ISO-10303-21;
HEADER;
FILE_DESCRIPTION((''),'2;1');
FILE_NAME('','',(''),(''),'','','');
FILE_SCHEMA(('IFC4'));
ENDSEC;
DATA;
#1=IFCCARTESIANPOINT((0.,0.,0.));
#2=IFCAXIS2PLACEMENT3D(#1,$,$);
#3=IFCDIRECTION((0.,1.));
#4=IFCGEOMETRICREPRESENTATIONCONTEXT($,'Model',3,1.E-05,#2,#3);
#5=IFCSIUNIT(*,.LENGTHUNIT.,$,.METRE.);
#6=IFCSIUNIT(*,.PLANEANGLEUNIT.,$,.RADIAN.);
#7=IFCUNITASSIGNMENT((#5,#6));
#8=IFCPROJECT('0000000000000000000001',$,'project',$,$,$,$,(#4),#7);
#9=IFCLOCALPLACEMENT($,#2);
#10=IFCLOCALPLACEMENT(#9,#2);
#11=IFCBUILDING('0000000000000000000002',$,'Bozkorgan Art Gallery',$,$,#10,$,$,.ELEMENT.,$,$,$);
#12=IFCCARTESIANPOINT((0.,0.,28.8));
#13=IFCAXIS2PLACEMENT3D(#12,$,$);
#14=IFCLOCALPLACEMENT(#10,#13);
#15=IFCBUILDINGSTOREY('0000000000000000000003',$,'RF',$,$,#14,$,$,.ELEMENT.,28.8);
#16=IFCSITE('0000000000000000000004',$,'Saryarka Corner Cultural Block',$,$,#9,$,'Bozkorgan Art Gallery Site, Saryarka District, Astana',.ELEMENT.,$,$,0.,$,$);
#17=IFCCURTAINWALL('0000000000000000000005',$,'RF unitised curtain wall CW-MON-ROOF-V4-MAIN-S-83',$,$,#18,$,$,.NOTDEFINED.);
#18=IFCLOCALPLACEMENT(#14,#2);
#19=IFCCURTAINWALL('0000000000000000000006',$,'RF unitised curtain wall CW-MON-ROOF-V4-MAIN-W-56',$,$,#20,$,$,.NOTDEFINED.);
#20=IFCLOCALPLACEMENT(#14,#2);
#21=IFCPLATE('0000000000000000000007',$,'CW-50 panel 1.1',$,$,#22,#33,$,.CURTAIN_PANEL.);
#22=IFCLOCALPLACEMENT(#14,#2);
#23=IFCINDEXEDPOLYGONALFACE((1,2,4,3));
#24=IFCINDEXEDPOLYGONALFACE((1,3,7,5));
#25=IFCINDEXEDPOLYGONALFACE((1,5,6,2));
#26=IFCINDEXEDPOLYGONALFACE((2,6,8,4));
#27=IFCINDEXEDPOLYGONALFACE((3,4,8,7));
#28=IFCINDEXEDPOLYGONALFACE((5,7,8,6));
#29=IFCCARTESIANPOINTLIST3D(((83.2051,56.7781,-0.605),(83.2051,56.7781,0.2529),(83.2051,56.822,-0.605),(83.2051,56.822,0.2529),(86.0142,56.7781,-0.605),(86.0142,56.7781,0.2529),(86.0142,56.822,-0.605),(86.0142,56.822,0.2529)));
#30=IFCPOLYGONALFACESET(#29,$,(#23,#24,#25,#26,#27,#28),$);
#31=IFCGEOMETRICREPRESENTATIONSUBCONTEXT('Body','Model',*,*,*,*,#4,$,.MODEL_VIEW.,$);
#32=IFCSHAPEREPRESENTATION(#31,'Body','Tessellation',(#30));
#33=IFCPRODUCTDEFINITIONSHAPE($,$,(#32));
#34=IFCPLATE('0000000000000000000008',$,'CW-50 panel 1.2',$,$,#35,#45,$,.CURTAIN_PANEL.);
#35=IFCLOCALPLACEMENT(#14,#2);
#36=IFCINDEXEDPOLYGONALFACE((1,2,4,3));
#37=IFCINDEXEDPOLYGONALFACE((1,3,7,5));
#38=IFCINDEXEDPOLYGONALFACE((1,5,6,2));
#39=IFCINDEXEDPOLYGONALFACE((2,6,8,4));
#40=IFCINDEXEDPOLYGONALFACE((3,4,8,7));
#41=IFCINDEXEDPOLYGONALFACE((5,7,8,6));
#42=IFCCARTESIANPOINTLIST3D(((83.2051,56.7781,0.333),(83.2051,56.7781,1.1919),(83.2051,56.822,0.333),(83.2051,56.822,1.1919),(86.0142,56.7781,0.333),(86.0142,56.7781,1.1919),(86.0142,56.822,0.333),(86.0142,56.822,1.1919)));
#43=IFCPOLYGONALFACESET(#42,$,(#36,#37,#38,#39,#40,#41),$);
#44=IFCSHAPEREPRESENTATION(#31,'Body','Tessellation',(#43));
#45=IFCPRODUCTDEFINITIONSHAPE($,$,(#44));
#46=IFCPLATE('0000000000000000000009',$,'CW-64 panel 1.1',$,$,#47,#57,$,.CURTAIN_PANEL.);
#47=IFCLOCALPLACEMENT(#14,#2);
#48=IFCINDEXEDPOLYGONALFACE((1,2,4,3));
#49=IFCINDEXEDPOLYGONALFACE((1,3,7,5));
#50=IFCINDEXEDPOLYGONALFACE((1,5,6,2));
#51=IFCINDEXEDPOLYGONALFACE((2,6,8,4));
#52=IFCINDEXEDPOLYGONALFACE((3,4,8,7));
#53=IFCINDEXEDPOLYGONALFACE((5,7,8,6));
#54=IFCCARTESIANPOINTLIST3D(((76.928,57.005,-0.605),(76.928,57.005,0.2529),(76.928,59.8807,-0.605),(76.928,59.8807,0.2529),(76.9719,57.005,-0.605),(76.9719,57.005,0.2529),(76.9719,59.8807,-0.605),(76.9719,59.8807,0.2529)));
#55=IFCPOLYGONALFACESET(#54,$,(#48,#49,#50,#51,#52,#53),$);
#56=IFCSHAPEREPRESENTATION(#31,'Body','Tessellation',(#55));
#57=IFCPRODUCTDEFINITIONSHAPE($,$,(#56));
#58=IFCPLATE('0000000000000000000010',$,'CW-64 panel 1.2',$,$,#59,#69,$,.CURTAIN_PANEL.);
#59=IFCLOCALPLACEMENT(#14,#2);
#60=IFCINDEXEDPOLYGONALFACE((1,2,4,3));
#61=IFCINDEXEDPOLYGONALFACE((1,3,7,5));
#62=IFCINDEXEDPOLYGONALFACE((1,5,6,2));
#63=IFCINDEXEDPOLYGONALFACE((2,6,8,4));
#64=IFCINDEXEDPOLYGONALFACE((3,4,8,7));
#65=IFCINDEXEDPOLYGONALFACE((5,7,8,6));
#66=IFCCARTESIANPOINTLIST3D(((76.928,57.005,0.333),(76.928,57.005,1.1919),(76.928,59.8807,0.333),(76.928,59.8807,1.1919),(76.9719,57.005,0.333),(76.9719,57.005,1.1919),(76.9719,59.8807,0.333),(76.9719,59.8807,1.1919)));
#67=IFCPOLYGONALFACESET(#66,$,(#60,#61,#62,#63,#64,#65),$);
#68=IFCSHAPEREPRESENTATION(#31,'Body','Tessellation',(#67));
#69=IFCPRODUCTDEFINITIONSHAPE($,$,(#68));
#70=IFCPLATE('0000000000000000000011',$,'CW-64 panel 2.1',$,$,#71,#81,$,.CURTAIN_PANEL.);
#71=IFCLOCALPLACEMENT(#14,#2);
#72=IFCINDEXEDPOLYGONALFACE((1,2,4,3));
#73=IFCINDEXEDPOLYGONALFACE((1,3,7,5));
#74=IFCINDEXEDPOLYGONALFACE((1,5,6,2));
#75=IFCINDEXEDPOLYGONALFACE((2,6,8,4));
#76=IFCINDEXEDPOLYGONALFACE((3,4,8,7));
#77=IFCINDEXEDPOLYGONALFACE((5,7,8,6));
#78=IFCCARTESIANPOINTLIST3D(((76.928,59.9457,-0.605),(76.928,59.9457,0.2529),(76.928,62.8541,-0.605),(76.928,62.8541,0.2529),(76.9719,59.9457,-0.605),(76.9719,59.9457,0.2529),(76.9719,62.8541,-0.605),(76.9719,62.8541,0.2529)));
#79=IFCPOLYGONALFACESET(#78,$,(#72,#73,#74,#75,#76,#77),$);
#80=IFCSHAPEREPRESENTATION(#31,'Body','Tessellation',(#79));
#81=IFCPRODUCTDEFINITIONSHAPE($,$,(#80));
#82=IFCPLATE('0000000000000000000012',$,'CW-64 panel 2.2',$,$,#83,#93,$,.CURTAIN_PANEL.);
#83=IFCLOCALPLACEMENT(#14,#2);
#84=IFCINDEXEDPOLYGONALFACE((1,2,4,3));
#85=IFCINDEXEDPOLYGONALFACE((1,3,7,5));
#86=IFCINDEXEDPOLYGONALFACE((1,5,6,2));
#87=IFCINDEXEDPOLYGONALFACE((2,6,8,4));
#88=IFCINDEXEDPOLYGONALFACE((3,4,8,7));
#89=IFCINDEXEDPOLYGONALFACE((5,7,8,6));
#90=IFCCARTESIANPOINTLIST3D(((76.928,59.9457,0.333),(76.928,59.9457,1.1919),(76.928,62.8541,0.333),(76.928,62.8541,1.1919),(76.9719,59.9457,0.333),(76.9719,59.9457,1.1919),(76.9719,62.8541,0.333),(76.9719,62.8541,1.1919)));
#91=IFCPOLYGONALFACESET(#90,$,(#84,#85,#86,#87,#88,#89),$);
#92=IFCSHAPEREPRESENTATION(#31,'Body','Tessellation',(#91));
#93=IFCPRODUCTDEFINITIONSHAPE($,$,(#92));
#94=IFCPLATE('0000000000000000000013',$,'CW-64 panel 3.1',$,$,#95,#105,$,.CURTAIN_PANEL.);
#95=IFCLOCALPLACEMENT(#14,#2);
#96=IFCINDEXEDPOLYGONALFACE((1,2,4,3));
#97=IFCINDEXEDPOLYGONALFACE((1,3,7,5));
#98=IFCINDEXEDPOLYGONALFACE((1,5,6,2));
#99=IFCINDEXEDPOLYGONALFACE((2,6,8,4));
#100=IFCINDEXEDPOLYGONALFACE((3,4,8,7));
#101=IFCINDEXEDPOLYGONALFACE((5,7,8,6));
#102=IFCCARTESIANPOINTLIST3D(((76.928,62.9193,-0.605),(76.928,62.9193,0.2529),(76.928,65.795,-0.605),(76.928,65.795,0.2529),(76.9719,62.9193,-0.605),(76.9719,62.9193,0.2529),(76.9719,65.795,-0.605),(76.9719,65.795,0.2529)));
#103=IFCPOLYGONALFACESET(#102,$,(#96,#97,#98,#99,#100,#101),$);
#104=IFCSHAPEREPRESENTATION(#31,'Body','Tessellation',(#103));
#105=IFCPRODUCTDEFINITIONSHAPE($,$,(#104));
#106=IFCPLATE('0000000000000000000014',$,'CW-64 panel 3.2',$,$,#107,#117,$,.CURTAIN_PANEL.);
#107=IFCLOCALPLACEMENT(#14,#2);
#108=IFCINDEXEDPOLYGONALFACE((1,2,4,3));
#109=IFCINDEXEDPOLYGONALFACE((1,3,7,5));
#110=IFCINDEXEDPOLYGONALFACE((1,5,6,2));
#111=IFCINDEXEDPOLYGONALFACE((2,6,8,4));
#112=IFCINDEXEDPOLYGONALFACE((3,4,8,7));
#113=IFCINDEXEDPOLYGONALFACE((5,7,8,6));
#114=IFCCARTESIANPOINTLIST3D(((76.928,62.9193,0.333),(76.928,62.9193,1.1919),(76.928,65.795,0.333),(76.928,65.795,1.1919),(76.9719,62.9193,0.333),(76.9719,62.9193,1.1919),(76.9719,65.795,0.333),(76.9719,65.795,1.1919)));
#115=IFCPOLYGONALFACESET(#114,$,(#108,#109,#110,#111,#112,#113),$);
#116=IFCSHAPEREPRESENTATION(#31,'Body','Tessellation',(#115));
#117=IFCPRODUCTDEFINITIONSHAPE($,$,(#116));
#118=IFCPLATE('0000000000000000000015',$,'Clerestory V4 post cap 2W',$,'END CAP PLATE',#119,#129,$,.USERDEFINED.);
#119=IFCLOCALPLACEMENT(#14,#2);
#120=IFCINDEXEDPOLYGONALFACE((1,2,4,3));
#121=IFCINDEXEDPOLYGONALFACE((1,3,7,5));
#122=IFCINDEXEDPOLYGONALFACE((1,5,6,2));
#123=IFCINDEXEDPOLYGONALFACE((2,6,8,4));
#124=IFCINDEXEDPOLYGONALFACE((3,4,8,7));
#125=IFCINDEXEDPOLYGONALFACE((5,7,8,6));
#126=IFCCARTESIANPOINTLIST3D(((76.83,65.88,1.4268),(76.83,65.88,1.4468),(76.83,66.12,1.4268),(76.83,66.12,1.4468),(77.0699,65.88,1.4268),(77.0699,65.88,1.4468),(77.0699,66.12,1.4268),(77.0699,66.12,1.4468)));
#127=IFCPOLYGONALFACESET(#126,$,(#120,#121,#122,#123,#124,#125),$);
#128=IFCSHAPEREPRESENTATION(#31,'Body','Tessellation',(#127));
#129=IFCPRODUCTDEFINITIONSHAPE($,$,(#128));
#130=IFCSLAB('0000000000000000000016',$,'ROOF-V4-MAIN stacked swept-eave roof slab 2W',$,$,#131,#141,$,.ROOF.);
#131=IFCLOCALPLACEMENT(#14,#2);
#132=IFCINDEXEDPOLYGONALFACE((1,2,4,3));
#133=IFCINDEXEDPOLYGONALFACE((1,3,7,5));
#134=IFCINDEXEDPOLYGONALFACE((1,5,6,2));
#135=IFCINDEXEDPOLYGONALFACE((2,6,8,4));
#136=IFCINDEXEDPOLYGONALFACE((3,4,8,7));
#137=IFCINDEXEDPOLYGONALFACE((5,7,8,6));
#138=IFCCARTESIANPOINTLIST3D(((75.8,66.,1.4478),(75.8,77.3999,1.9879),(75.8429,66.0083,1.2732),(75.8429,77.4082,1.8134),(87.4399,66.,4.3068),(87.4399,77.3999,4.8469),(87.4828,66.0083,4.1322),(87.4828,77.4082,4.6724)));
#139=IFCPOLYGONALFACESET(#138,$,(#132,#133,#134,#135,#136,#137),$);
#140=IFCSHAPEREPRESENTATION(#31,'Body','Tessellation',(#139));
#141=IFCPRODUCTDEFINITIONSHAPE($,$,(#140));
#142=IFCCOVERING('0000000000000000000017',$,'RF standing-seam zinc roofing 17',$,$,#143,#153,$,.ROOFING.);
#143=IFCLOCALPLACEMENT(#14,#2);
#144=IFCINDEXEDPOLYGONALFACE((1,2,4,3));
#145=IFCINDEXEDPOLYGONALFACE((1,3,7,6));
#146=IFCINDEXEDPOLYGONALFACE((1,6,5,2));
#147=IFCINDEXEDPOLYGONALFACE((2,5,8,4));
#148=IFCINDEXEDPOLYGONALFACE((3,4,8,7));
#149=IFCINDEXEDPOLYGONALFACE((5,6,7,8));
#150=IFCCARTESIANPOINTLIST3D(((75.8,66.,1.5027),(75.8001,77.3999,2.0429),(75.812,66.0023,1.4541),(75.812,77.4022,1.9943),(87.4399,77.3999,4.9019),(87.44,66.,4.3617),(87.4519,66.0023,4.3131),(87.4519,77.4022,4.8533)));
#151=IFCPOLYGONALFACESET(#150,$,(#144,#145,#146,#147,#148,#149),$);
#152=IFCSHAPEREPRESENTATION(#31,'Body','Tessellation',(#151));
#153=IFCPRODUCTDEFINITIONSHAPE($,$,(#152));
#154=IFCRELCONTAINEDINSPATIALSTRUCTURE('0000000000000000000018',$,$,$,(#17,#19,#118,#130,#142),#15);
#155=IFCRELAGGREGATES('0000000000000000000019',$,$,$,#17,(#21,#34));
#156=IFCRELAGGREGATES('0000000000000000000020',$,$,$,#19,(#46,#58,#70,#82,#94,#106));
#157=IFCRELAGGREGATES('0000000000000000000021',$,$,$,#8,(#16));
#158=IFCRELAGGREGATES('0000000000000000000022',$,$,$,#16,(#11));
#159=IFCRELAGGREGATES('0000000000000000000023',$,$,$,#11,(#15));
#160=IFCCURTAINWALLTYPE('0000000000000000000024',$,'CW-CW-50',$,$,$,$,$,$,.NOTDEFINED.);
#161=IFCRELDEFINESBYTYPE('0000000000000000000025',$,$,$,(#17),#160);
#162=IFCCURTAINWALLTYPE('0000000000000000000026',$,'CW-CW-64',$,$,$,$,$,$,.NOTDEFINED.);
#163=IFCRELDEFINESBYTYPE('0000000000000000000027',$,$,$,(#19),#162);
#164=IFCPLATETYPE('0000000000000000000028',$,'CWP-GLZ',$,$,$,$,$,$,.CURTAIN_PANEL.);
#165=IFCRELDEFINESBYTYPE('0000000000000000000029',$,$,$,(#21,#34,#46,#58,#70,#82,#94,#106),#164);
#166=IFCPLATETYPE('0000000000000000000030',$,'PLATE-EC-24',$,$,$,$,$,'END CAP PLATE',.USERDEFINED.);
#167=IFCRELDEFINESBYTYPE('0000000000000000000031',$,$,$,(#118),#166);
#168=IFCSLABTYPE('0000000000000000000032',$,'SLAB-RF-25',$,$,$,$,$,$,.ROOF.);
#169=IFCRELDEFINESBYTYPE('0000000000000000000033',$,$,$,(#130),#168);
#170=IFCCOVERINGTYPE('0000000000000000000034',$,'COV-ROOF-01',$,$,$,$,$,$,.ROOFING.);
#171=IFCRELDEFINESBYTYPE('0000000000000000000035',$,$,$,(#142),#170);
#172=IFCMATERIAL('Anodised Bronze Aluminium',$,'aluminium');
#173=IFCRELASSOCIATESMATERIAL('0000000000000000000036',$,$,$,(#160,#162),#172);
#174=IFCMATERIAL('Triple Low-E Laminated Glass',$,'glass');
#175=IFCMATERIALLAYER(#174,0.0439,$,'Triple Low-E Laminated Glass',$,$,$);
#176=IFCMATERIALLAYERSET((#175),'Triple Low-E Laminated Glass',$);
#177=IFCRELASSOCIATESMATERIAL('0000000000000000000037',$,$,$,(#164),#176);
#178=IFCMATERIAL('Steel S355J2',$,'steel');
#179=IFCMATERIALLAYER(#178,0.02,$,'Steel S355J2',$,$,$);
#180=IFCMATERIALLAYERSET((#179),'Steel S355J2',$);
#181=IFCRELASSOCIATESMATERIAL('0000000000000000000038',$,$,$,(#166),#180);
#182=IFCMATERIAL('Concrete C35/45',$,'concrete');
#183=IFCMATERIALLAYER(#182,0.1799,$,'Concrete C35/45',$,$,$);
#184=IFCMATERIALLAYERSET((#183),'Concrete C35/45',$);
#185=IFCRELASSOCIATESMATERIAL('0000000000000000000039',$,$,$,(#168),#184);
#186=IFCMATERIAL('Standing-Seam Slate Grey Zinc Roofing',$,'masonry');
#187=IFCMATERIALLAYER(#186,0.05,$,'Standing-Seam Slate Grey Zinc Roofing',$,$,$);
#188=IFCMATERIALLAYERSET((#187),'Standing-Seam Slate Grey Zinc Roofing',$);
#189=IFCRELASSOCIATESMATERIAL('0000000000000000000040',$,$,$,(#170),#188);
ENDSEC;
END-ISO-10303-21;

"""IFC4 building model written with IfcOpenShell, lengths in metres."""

from ifc_helpers import new_model, si_unit, direction, frame, origin, origin_2d, place, context, subcontext, project, spatial, polyline, rectangle, outline, extrude, material, layer, layer_set, type_object, element, aggregate, save


model = new_model("IFC4")

# Units and contexts
model_context = context("Model", 3, precision=1e-05, world=origin(), true_north=direction((0.0, 1.0)))
body_context = subcontext(model_context, "Body", "Model", "MODEL_VIEW")
ifc_project = project(units=[si_unit("LENGTHUNIT", "METRE"), si_unit("PLANEANGLEUNIT", "RADIAN")], contexts=[model_context])

# Site, building, storey
site_placement = place(None, origin())
site = spatial("IfcSite", under=ifc_project, at=site_placement, Name="Saryarka Corner Cultural Block", LongName="Bozkorgan Art Gallery Site, Saryarka District, Astana", CompositionType="ELEMENT", RefElevation=0.0)
building_placement = place(site_placement, origin())
building = spatial("IfcBuilding", under=site, at=building_placement, Name="Bozkorgan Art Gallery", CompositionType="ELEMENT")
storey_placement = place(building_placement, frame((0.0, 0.0, 28.8)))
storey = spatial("IfcBuildingStorey", under=building, at=storey_placement, Name="RF", CompositionType="ELEMENT", Elevation=28.8)

# Shared definitions
ifc_material_1 = material(Name="Steel S355J2", Category="steel")

# Curtain wall
ifc_material_2 = material(Name="Anodised Bronze Aluminium", Category="aluminium")
curtain_wall_type_1 = type_object("IfcCurtainWallType", Name="CW-CW-50", PredefinedType="NOTDEFINED", material=ifc_material_2)
curtain_wall_1_placement = place(storey_placement, origin())
curtain_wall_1 = element("IfcCurtainWall", 1, at=curtain_wall_1_placement, inside=storey, type_object=curtain_wall_type_1, Name="RF unitised curtain wall CW-MON-ROOF-V4-MAIN-S-83", PredefinedType="NOTDEFINED")

# Curtain wall
curtain_wall_type_2 = type_object("IfcCurtainWallType", Name="CW-CW-64", PredefinedType="NOTDEFINED", material=ifc_material_2)
curtain_wall_2_placement = place(storey_placement, origin())
curtain_wall_2 = element("IfcCurtainWall", 2, at=curtain_wall_2_placement, inside=storey, type_object=curtain_wall_type_2, Name="RF unitised curtain wall CW-MON-ROOF-V4-MAIN-W-56", PredefinedType="NOTDEFINED")

# Plates
ifc_material_3 = material(Name="Triple Low-E Laminated Glass", Category="glass")
ifc_layer_1 = layer(ifc_material_3, 0.0439, Name="Triple Low-E Laminated Glass")
ifc_layer_set_1 = layer_set([ifc_layer_1], Name="Triple Low-E Laminated Glass")
plate_type_1 = type_object("IfcPlateType", Name="CWP-GLZ", PredefinedType="CURTAIN_PANEL", material=ifc_layer_set_1)
plate_1_placement = place(storey_placement, frame((84.6096, 56.8, -0.605), z_axis=(0.0, 0.0, 1.0), x_axis=(1.0, 0.0, 0.0)))
plate_1 = element("IfcPlate", 3, at=plate_1_placement, type_object=plate_type_1, Name="CW-50 panel 1.1", PredefinedType="CURTAIN_PANEL", context=body_context, shape_type="SweptSolid", body=[
    extrude(rectangle(XDim=2.8091, YDim=0.0439, at=origin_2d()), origin(), (0.0, 0.0, 1.0), 0.8579),
])
plate_2_placement = place(storey_placement, frame((84.6096, 56.8, 0.333), z_axis=(0.0, 0.0, 1.0), x_axis=(1.0, 0.0, 0.0)))
plate_2 = element("IfcPlate", 4, at=plate_2_placement, type_object=plate_type_1, Name="CW-50 panel 1.2", PredefinedType="CURTAIN_PANEL", context=body_context, shape_type="SweptSolid", body=[
    extrude(rectangle(XDim=2.8091, YDim=0.0439, at=origin_2d()), origin(), (0.0, 0.0, 1.0), 0.8589),
])
aggregate(curtain_wall_1, [plate_1, plate_2])
plate_3_placement = place(storey_placement, frame((76.95, 58.4429, -0.605), z_axis=(0.0, 0.0, 1.0), x_axis=(0.0, 1.0, 0.0)))
plate_3 = element("IfcPlate", 5, at=plate_3_placement, type_object=plate_type_1, Name="CW-64 panel 1.1", PredefinedType="CURTAIN_PANEL", context=body_context, shape_type="SweptSolid", body=[
    extrude(rectangle(XDim=2.8757, YDim=0.0439, at=origin_2d()), origin(), (0.0, 0.0, 1.0), 0.8579),
])
plate_4_placement = place(storey_placement, frame((76.95, 58.4429, 0.333), z_axis=(0.0, 0.0, 1.0), x_axis=(0.0, 1.0, 0.0)))
plate_4 = element("IfcPlate", 6, at=plate_4_placement, type_object=plate_type_1, Name="CW-64 panel 1.2", PredefinedType="CURTAIN_PANEL", context=body_context, shape_type="SweptSolid", body=[
    extrude(rectangle(XDim=2.8757, YDim=0.0439, at=origin_2d()), origin(), (0.0, 0.0, 1.0), 0.8589),
])
plate_5_placement = place(storey_placement, frame((76.95, 61.3999, -0.605), z_axis=(0.0, 0.0, 1.0), x_axis=(0.0, 1.0, 0.0)))
plate_5 = element("IfcPlate", 7, at=plate_5_placement, type_object=plate_type_1, Name="CW-64 panel 2.1", PredefinedType="CURTAIN_PANEL", context=body_context, shape_type="SweptSolid", body=[
    extrude(rectangle(XDim=2.9084, YDim=0.0439, at=origin_2d()), origin(), (0.0, 0.0, 1.0), 0.8579),
])
plate_6_placement = place(storey_placement, frame((76.95, 61.3999, 0.333), z_axis=(0.0, 0.0, 1.0), x_axis=(0.0, 1.0, 0.0)))
plate_6 = element("IfcPlate", 8, at=plate_6_placement, type_object=plate_type_1, Name="CW-64 panel 2.2", PredefinedType="CURTAIN_PANEL", context=body_context, shape_type="SweptSolid", body=[
    extrude(rectangle(XDim=2.9084, YDim=0.0439, at=origin_2d()), origin(), (0.0, 0.0, 1.0), 0.8589),
])
plate_7_placement = place(storey_placement, frame((76.95, 64.3572, -0.605), z_axis=(0.0, 0.0, 1.0), x_axis=(0.0, 1.0, 0.0)))
plate_7 = element("IfcPlate", 9, at=plate_7_placement, type_object=plate_type_1, Name="CW-64 panel 3.1", PredefinedType="CURTAIN_PANEL", context=body_context, shape_type="SweptSolid", body=[
    extrude(rectangle(XDim=2.8757, YDim=0.0439, at=origin_2d()), origin(), (0.0, 0.0, 1.0), 0.8579),
])
plate_8_placement = place(storey_placement, frame((76.95, 64.3572, 0.333), z_axis=(0.0, 0.0, 1.0), x_axis=(0.0, 1.0, 0.0)))
plate_8 = element("IfcPlate", 10, at=plate_8_placement, type_object=plate_type_1, Name="CW-64 panel 3.2", PredefinedType="CURTAIN_PANEL", context=body_context, shape_type="SweptSolid", body=[
    extrude(rectangle(XDim=2.8757, YDim=0.0439, at=origin_2d()), origin(), (0.0, 0.0, 1.0), 0.8589),
])
aggregate(curtain_wall_2, [plate_3, plate_4, plate_5, plate_6, plate_7, plate_8])
ifc_layer_2 = layer(ifc_material_1, 0.02, Name="Steel S355J2")
ifc_layer_set_2 = layer_set([ifc_layer_2], Name="Steel S355J2")
plate_type_2 = type_object("IfcPlateType", Name="PLATE-EC-24", ElementType="END CAP PLATE", PredefinedType="USERDEFINED", material=ifc_layer_set_2)
plate_9_placement = place(storey_placement, frame((76.95, 66.0, 1.4268), z_axis=(0.0, 0.0, 1.0), x_axis=(1.0, 0.0, 0.0)))
element("IfcPlate", 11, at=plate_9_placement, inside=storey, type_object=plate_type_2, Name="Clerestory V4 post cap 2W", ObjectType="END CAP PLATE", PredefinedType="USERDEFINED", context=body_context, shape_type="SweptSolid", body=[
    extrude(rectangle(XDim=0.24, YDim=0.24, at=origin_2d()), origin(), (0.0, 0.0, 1.0), 0.02),
])

# Slab
ifc_material_4 = material(Name="Concrete C35/45", Category="concrete")
ifc_layer_3 = layer(ifc_material_4, 0.1799, Name="Concrete C35/45")
ifc_layer_set_3 = layer_set([ifc_layer_3], Name="Concrete C35/45")
slab_type = type_object("IfcSlabType", Name="SLAB-RF-25", PredefinedType="ROOF", material=ifc_layer_set_3)
slab_placement = place(storey_placement, frame((75.8, 66.0, 1.4478), z_axis=(-0.23828, -0.045967, 0.970108), x_axis=(0.971135, 0.0, 0.238532)))
element("IfcSlab", 12, at=slab_placement, inside=storey, type_object=slab_type, Name="ROOF-V4-MAIN stacked swept-eave roof slab 2W", PredefinedType="ROOF", context=body_context, shape_type="SweptSolid", body=[
    extrude(outline(polyline([(0.0, 0.0), (11.9858, 0.0), (12.1147, 11.412), (0.1288, 11.412), (0.0, 0.0)])), origin(), (0.0, 0.0, -1.0), 0.1799),
])

# Covering
ifc_material_5 = material(Name="Standing-Seam Slate Grey Zinc Roofing", Category="masonry")
ifc_layer_4 = layer(ifc_material_5, 0.05, Name="Standing-Seam Slate Grey Zinc Roofing")
ifc_layer_set_4 = layer_set([ifc_layer_4], Name="Standing-Seam Slate Grey Zinc Roofing")
covering_type = type_object("IfcCoveringType", Name="COV-ROOF-01", PredefinedType="ROOFING", material=ifc_layer_set_4)
covering_placement = place(storey_placement, frame((75.8, 66.0, 1.5027), z_axis=(-0.23828, -0.045967, 0.970108), x_axis=(0.971135, 0.0, 0.238532)))
element("IfcCovering", 13, at=covering_placement, inside=storey, type_object=covering_type, Name="RF standing-seam zinc roofing 17", PredefinedType="ROOFING", context=body_context, shape_type="SweptSolid", body=[
    extrude(outline(polyline([(0.0, 0.0), (11.9859, 0.0), (12.1147, 11.412), (0.1289, 11.412), (0.0, 0.0)])), origin(), (0.0, 0.0, -1.0), 0.05),
])

save(model, "model.ifc")
